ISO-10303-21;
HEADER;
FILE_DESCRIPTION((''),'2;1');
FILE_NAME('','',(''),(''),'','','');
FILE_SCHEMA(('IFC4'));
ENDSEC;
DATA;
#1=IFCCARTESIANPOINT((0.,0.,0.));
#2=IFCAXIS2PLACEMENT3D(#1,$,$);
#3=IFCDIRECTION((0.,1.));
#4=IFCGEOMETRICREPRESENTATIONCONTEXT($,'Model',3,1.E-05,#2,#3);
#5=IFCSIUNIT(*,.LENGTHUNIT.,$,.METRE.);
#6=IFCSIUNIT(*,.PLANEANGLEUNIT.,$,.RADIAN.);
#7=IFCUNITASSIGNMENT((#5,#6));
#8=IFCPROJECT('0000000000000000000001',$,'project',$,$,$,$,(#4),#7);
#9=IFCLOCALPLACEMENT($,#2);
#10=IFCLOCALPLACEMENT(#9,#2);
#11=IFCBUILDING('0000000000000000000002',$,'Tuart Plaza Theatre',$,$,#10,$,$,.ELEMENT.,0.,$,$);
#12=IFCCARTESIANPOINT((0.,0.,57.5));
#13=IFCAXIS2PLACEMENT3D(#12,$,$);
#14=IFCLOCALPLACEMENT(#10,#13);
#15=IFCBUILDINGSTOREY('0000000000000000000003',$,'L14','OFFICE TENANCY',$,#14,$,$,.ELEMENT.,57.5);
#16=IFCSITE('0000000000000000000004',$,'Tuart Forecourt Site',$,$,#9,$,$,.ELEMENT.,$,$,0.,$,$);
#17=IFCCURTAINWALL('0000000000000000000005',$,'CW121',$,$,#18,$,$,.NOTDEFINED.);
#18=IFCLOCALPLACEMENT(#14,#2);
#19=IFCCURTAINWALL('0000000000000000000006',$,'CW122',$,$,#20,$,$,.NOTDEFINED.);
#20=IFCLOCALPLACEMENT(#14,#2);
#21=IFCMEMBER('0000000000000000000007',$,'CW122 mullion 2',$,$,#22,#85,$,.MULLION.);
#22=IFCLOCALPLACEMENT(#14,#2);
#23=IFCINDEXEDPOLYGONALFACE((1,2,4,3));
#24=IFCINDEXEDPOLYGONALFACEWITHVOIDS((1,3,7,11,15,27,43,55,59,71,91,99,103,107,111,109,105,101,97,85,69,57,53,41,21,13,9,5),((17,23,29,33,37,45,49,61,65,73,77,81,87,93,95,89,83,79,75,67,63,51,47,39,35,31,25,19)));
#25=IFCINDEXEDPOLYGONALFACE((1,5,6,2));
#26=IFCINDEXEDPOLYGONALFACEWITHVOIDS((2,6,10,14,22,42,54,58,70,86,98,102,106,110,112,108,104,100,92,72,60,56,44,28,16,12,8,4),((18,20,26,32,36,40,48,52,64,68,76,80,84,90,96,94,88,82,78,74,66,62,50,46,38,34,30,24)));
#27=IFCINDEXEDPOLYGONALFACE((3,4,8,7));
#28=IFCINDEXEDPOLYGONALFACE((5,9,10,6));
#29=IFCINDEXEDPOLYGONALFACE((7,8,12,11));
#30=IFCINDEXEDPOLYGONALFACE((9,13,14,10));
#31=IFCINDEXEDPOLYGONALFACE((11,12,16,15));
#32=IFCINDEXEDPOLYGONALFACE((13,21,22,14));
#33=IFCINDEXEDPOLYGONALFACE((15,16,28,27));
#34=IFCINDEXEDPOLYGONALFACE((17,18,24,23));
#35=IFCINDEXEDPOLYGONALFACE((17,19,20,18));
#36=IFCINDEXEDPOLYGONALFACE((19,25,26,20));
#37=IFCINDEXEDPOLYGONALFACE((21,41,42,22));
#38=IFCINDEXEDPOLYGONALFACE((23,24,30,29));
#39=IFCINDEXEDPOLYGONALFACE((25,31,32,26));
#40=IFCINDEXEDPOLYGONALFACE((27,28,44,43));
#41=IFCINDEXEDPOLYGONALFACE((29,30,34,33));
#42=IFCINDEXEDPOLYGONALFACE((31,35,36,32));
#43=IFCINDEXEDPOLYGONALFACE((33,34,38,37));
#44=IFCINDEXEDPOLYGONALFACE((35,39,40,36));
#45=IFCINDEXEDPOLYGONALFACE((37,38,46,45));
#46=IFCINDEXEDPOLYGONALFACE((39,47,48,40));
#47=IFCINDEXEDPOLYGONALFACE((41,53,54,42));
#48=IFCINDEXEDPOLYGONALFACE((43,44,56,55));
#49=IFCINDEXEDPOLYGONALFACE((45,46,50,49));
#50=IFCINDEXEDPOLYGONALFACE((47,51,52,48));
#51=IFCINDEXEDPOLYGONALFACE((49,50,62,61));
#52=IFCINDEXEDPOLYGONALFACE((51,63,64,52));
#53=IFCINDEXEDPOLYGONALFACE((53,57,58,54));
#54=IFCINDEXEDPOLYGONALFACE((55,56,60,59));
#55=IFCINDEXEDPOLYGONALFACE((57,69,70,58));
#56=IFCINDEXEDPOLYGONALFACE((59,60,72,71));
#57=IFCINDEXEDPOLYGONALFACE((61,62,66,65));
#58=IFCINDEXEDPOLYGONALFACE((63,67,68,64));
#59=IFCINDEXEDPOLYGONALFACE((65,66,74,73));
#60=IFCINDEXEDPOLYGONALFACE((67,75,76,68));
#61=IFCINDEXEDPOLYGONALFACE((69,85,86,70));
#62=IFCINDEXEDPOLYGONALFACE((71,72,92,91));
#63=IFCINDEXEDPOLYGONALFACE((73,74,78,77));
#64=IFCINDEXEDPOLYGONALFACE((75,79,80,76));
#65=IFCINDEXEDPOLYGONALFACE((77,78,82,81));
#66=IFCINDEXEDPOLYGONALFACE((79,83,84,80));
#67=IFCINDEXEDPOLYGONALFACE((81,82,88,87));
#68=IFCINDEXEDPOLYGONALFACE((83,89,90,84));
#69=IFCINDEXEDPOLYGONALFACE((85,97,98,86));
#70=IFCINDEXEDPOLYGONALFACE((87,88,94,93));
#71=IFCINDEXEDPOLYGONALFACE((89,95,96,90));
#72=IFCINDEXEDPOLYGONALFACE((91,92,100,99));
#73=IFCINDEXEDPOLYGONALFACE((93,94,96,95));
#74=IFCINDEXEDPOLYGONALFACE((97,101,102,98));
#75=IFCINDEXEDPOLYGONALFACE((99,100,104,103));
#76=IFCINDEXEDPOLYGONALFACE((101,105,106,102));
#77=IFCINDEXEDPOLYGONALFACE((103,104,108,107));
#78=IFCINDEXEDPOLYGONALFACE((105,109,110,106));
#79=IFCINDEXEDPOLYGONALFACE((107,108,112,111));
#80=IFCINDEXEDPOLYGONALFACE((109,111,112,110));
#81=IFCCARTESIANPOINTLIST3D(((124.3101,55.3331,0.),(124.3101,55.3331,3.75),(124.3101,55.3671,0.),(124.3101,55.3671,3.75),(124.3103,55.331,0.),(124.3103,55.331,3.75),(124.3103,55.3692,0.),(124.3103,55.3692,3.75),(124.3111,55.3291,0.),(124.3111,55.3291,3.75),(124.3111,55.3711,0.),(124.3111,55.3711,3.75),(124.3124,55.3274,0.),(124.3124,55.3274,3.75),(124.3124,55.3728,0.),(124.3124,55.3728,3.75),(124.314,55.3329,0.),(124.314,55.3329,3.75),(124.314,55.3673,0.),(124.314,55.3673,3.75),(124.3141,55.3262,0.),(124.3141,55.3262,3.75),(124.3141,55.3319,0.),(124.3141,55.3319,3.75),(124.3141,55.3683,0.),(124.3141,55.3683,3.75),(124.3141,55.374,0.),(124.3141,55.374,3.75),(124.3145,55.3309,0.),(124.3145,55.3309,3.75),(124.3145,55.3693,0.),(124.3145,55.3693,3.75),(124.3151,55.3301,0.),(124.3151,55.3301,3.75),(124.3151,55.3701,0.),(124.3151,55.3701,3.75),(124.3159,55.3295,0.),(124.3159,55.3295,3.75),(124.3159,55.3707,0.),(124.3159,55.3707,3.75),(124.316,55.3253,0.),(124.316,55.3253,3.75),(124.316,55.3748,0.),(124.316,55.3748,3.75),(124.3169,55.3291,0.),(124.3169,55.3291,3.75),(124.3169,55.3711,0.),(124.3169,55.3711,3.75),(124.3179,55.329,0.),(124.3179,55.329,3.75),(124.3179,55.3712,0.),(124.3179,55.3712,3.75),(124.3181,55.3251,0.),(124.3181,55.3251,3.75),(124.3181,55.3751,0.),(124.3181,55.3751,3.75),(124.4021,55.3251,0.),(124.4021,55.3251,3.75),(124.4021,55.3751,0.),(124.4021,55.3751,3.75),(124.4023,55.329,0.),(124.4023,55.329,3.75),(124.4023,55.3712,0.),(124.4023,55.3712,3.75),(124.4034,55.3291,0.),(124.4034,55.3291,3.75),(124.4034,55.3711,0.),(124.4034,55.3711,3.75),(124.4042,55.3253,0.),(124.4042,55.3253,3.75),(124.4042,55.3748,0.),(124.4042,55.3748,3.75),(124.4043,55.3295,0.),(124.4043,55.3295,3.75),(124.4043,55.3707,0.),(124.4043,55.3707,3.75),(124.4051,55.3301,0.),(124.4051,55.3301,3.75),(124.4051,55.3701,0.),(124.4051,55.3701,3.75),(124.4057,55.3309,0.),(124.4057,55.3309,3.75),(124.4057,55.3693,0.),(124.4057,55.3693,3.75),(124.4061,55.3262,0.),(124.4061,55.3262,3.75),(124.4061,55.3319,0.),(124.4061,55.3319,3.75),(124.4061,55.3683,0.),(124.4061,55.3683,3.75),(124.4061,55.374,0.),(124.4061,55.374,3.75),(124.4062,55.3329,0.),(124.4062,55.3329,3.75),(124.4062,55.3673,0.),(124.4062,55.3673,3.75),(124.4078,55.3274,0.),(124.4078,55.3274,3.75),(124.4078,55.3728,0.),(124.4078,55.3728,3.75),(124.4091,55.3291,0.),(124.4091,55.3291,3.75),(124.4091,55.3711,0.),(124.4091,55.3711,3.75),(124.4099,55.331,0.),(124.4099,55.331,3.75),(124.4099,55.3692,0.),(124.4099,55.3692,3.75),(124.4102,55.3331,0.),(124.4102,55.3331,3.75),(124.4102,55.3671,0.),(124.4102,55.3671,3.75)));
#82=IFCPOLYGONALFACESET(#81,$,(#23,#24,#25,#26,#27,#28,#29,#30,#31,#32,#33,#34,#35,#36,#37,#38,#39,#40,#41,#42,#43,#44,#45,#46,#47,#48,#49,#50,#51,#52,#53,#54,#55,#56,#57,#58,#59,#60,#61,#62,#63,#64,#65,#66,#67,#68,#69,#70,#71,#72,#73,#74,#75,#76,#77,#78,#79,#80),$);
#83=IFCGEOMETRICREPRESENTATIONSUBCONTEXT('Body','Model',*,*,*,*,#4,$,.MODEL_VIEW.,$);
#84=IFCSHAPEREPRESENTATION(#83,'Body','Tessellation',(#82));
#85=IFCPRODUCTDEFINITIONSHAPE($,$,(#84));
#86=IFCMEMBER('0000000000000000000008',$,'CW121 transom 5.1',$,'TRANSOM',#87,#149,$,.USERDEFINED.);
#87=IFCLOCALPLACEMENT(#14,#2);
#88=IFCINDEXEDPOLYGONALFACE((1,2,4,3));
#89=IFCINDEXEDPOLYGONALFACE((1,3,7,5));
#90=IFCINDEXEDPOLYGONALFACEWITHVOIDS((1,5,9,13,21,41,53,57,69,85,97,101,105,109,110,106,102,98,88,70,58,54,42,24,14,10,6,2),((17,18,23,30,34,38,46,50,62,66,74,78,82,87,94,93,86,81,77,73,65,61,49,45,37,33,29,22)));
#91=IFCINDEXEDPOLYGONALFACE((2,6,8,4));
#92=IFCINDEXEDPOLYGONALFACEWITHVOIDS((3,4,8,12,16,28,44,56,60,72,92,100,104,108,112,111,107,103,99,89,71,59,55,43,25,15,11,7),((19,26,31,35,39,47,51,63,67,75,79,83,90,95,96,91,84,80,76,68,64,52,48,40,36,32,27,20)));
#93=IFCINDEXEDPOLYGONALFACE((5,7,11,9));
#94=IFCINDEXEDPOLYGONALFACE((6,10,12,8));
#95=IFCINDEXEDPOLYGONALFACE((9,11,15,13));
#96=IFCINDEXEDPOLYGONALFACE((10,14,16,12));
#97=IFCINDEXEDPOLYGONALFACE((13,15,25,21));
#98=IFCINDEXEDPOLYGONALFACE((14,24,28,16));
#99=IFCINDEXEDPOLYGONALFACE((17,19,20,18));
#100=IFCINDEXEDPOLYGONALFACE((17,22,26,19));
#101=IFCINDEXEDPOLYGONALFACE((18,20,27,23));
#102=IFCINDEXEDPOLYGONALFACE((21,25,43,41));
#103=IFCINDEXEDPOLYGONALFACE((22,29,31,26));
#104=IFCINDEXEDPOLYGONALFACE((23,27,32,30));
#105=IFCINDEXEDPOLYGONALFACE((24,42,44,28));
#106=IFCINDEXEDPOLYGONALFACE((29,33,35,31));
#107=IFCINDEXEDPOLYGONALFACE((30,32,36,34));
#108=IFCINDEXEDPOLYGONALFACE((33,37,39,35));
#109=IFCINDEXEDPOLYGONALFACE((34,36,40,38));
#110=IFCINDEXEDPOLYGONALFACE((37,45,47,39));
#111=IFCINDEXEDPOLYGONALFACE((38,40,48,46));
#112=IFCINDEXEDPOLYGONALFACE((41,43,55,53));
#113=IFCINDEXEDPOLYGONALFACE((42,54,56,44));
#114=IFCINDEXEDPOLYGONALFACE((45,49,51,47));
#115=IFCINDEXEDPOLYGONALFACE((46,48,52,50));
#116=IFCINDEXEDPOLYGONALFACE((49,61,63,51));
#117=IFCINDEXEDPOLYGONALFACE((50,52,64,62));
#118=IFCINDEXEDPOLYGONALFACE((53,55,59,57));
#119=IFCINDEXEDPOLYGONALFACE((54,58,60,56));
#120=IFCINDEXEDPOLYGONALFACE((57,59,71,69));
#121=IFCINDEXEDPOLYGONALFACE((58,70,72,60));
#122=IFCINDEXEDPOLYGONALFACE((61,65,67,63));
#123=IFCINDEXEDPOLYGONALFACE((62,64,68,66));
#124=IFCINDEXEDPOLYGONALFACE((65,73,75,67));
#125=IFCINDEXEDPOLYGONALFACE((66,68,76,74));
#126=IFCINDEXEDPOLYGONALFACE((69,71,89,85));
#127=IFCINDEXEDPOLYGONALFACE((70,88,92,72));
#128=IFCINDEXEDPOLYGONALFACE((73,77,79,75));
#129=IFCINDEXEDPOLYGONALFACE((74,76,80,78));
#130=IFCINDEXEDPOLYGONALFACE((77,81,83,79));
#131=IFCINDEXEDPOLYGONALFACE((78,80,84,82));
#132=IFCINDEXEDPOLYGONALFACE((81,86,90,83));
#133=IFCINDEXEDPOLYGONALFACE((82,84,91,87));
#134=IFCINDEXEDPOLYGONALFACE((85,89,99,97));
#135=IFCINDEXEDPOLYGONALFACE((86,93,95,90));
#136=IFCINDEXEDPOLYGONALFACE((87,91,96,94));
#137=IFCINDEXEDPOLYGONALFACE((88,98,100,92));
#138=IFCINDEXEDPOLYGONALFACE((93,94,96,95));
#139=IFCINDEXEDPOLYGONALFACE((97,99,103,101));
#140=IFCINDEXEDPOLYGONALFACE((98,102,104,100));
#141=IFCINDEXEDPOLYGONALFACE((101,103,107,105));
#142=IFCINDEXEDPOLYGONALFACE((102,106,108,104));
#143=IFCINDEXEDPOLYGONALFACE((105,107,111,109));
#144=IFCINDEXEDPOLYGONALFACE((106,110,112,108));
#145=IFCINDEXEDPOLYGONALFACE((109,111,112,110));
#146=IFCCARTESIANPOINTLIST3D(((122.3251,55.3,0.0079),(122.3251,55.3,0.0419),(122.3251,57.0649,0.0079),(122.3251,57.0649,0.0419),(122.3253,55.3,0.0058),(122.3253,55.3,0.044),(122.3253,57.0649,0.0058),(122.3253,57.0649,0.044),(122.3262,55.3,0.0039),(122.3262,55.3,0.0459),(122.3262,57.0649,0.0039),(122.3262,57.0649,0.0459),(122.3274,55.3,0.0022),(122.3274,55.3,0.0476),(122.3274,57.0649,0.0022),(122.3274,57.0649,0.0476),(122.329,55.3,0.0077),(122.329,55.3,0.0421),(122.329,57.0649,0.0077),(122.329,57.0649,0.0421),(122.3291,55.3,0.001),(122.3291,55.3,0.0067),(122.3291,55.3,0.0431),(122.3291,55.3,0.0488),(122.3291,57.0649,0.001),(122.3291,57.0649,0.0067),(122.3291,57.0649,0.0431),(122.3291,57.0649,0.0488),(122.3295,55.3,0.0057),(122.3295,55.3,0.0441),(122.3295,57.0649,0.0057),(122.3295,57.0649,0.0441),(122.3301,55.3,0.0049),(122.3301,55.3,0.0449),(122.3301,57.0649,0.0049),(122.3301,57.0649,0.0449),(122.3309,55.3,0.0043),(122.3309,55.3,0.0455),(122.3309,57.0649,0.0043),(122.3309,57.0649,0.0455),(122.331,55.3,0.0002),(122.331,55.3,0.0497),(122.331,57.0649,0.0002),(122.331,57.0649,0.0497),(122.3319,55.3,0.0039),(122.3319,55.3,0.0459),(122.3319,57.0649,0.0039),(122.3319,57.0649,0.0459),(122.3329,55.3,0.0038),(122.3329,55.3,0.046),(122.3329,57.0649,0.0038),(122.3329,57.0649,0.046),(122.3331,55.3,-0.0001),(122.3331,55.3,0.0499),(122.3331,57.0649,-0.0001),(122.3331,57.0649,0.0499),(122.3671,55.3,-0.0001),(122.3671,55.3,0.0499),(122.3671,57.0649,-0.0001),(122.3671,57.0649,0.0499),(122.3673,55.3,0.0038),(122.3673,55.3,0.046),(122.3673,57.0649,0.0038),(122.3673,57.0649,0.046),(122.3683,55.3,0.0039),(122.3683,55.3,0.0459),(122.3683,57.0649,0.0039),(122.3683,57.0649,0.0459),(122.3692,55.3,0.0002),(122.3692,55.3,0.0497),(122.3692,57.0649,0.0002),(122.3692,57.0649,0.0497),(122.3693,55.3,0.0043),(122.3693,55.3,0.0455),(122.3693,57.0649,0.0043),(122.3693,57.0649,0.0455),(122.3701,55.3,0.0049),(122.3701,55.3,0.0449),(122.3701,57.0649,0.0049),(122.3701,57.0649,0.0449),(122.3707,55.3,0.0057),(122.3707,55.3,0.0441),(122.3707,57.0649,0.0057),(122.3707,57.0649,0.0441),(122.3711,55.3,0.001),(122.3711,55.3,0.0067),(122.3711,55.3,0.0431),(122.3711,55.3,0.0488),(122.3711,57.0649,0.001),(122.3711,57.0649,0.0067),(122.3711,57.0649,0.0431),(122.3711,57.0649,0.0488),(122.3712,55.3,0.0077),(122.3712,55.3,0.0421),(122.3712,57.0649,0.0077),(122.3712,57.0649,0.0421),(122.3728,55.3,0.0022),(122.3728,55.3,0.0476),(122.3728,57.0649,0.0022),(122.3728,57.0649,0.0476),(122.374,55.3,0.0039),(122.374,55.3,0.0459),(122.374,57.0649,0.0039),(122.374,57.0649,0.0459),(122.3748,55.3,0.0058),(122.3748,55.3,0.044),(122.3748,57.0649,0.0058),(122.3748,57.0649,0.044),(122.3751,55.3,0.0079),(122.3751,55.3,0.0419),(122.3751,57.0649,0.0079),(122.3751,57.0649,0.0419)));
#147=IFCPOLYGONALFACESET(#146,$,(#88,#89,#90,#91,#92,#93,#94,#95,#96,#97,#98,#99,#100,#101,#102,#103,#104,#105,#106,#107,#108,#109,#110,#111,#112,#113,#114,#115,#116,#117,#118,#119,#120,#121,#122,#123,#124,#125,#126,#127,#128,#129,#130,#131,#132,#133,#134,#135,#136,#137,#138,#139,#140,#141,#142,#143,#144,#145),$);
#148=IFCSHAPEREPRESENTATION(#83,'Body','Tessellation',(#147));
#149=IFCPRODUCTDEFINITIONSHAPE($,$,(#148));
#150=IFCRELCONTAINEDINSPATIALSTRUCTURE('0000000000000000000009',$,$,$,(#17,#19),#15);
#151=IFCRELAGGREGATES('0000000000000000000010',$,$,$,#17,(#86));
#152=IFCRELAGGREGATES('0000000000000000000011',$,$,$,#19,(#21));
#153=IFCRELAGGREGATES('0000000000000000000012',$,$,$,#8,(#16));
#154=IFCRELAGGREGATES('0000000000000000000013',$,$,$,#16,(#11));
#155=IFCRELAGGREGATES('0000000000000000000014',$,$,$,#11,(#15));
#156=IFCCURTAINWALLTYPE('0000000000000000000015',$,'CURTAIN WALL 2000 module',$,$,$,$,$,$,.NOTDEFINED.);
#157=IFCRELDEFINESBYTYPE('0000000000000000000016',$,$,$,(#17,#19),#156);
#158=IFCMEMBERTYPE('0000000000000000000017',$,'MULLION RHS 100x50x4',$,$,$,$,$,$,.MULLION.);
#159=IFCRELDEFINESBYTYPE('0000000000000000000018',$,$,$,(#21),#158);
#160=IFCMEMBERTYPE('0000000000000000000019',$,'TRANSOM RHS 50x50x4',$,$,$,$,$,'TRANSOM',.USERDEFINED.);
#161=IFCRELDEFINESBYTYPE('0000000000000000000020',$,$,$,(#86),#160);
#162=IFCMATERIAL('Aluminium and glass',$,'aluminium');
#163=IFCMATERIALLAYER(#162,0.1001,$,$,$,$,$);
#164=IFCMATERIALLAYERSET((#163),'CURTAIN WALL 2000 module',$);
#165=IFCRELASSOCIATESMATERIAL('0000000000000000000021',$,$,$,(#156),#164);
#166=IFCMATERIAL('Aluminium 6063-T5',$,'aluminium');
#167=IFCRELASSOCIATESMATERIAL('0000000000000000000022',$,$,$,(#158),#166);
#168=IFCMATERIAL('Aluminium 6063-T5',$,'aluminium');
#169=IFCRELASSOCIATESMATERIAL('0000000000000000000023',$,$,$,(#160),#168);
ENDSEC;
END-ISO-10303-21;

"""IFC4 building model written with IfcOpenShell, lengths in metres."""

from ifc_helpers import new_model, si_unit, direction, frame, origin, origin_2d, place, context, subcontext, project, spatial, hollow_rectangle, extrude, material, layer, layer_set, material_profile, profile_set, type_object, element, aggregate, save


model = new_model("IFC4")

# Units and contexts
model_context = context("Model", 3, precision=1e-05, world=origin(), true_north=direction((0.0, 1.0)))
body_context = subcontext(model_context, "Body", "Model", "MODEL_VIEW")
ifc_project = project(units=[si_unit("LENGTHUNIT", "METRE"), si_unit("PLANEANGLEUNIT", "RADIAN")], contexts=[model_context])

# Site, building, storey
site_placement = place(None, origin())
site = spatial("IfcSite", under=ifc_project, at=site_placement, Name="Tuart Forecourt Site", CompositionType="ELEMENT", RefElevation=0.0)
building_placement = place(site_placement, origin())
building = spatial("IfcBuilding", under=site, at=building_placement, Name="Tuart Plaza Theatre", CompositionType="ELEMENT", ElevationOfRefHeight=0.0)
storey_placement = place(building_placement, frame((0.0, 0.0, 57.5)))
storey = spatial("IfcBuildingStorey", under=building, at=storey_placement, Name="L14", Description="OFFICE TENANCY", CompositionType="ELEMENT", Elevation=57.5)

# Curtain wall
ifc_material_1 = material(Name="Aluminium and glass", Category="aluminium")
ifc_layer_1 = layer(ifc_material_1, 0.1001)
ifc_layer_set_1 = layer_set([ifc_layer_1], Name="CURTAIN WALL 2000 module")
curtain_wall_type = type_object("IfcCurtainWallType", Name="CURTAIN WALL 2000 module", PredefinedType="NOTDEFINED", material=ifc_layer_set_1)
curtain_wall_1_placement = place(storey_placement, origin())
curtain_wall_1 = element("IfcCurtainWall", 1, at=curtain_wall_1_placement, inside=storey, type_object=curtain_wall_type, Name="CW121", PredefinedType="NOTDEFINED")
ifc_material_2 = material(Name="Aluminium 6063-T5", Category="aluminium")
ifc_material_profile_1 = material_profile(ifc_material_2, hollow_rectangle(XDim=0.05, YDim=0.1001, WallThickness=0.0039, InnerFilletRadius=0.0039, OuterFilletRadius=0.0081, at=origin_2d()), Name="RHS 100x50x4")
ifc_profile_set_1 = profile_set([ifc_material_profile_1], Name="Aluminium 6063-T5")
member_type_1 = type_object("IfcMemberType", Name="MULLION RHS 100x50x4", PredefinedType="MULLION", material=ifc_profile_set_1)

# Curtain wall, member
curtain_wall_2_placement = place(storey_placement, origin())
curtain_wall_2 = element("IfcCurtainWall", 2, at=curtain_wall_2_placement, inside=storey, type_object=curtain_wall_type, Name="CW122", PredefinedType="NOTDEFINED")
member_1_placement = place(storey_placement, frame((124.3601, 55.3501, 0.0), z_axis=(0.0, 0.0, 1.0), x_axis=(0.0, 1.0, 0.0)))
member_1 = element("IfcMember", 3, at=member_1_placement, type_object=member_type_1, Name="CW122 mullion 2", PredefinedType="MULLION", context=body_context, shape_type="SweptSolid", body=[
    extrude(hollow_rectangle(XDim=0.05, YDim=0.1001, WallThickness=0.0039, InnerFilletRadius=0.0039, OuterFilletRadius=0.0081, at=origin_2d()), origin(), (0.0, 0.0, 1.0), 3.75),
])

# Member
ifc_material_3 = material(Name="Aluminium 6063-T5", Category="aluminium")
ifc_material_profile_2 = material_profile(ifc_material_3, hollow_rectangle(XDim=0.05, YDim=0.05, WallThickness=0.0039, InnerFilletRadius=0.0039, OuterFilletRadius=0.0081, at=origin_2d()), Name="RHS 50x50x4")
ifc_profile_set_2 = profile_set([ifc_material_profile_2], Name="Aluminium 6063-T5")
member_type_2 = type_object("IfcMemberType", Name="TRANSOM RHS 50x50x4", ElementType="TRANSOM", PredefinedType="USERDEFINED", material=ifc_profile_set_2)
member_2_placement = place(storey_placement, frame((122.3501, 57.0649, 0.0249), z_axis=(0.0, -1.0, 0.0), x_axis=(1.0, 0.0, 0.0)))
member_2 = element("IfcMember", 4, at=member_2_placement, type_object=member_type_2, Name="CW121 transom 5.1", ObjectType="TRANSOM", PredefinedType="USERDEFINED", context=body_context, shape_type="SweptSolid", body=[
    extrude(hollow_rectangle(XDim=0.05, YDim=0.05, WallThickness=0.0039, InnerFilletRadius=0.0039, OuterFilletRadius=0.0081, at=origin_2d()), origin(), (0.0, 0.0, 1.0), 1.7649),
])

aggregate(curtain_wall_1, [member_2])
aggregate(curtain_wall_2, [member_1])

save(model, "model.ifc")
